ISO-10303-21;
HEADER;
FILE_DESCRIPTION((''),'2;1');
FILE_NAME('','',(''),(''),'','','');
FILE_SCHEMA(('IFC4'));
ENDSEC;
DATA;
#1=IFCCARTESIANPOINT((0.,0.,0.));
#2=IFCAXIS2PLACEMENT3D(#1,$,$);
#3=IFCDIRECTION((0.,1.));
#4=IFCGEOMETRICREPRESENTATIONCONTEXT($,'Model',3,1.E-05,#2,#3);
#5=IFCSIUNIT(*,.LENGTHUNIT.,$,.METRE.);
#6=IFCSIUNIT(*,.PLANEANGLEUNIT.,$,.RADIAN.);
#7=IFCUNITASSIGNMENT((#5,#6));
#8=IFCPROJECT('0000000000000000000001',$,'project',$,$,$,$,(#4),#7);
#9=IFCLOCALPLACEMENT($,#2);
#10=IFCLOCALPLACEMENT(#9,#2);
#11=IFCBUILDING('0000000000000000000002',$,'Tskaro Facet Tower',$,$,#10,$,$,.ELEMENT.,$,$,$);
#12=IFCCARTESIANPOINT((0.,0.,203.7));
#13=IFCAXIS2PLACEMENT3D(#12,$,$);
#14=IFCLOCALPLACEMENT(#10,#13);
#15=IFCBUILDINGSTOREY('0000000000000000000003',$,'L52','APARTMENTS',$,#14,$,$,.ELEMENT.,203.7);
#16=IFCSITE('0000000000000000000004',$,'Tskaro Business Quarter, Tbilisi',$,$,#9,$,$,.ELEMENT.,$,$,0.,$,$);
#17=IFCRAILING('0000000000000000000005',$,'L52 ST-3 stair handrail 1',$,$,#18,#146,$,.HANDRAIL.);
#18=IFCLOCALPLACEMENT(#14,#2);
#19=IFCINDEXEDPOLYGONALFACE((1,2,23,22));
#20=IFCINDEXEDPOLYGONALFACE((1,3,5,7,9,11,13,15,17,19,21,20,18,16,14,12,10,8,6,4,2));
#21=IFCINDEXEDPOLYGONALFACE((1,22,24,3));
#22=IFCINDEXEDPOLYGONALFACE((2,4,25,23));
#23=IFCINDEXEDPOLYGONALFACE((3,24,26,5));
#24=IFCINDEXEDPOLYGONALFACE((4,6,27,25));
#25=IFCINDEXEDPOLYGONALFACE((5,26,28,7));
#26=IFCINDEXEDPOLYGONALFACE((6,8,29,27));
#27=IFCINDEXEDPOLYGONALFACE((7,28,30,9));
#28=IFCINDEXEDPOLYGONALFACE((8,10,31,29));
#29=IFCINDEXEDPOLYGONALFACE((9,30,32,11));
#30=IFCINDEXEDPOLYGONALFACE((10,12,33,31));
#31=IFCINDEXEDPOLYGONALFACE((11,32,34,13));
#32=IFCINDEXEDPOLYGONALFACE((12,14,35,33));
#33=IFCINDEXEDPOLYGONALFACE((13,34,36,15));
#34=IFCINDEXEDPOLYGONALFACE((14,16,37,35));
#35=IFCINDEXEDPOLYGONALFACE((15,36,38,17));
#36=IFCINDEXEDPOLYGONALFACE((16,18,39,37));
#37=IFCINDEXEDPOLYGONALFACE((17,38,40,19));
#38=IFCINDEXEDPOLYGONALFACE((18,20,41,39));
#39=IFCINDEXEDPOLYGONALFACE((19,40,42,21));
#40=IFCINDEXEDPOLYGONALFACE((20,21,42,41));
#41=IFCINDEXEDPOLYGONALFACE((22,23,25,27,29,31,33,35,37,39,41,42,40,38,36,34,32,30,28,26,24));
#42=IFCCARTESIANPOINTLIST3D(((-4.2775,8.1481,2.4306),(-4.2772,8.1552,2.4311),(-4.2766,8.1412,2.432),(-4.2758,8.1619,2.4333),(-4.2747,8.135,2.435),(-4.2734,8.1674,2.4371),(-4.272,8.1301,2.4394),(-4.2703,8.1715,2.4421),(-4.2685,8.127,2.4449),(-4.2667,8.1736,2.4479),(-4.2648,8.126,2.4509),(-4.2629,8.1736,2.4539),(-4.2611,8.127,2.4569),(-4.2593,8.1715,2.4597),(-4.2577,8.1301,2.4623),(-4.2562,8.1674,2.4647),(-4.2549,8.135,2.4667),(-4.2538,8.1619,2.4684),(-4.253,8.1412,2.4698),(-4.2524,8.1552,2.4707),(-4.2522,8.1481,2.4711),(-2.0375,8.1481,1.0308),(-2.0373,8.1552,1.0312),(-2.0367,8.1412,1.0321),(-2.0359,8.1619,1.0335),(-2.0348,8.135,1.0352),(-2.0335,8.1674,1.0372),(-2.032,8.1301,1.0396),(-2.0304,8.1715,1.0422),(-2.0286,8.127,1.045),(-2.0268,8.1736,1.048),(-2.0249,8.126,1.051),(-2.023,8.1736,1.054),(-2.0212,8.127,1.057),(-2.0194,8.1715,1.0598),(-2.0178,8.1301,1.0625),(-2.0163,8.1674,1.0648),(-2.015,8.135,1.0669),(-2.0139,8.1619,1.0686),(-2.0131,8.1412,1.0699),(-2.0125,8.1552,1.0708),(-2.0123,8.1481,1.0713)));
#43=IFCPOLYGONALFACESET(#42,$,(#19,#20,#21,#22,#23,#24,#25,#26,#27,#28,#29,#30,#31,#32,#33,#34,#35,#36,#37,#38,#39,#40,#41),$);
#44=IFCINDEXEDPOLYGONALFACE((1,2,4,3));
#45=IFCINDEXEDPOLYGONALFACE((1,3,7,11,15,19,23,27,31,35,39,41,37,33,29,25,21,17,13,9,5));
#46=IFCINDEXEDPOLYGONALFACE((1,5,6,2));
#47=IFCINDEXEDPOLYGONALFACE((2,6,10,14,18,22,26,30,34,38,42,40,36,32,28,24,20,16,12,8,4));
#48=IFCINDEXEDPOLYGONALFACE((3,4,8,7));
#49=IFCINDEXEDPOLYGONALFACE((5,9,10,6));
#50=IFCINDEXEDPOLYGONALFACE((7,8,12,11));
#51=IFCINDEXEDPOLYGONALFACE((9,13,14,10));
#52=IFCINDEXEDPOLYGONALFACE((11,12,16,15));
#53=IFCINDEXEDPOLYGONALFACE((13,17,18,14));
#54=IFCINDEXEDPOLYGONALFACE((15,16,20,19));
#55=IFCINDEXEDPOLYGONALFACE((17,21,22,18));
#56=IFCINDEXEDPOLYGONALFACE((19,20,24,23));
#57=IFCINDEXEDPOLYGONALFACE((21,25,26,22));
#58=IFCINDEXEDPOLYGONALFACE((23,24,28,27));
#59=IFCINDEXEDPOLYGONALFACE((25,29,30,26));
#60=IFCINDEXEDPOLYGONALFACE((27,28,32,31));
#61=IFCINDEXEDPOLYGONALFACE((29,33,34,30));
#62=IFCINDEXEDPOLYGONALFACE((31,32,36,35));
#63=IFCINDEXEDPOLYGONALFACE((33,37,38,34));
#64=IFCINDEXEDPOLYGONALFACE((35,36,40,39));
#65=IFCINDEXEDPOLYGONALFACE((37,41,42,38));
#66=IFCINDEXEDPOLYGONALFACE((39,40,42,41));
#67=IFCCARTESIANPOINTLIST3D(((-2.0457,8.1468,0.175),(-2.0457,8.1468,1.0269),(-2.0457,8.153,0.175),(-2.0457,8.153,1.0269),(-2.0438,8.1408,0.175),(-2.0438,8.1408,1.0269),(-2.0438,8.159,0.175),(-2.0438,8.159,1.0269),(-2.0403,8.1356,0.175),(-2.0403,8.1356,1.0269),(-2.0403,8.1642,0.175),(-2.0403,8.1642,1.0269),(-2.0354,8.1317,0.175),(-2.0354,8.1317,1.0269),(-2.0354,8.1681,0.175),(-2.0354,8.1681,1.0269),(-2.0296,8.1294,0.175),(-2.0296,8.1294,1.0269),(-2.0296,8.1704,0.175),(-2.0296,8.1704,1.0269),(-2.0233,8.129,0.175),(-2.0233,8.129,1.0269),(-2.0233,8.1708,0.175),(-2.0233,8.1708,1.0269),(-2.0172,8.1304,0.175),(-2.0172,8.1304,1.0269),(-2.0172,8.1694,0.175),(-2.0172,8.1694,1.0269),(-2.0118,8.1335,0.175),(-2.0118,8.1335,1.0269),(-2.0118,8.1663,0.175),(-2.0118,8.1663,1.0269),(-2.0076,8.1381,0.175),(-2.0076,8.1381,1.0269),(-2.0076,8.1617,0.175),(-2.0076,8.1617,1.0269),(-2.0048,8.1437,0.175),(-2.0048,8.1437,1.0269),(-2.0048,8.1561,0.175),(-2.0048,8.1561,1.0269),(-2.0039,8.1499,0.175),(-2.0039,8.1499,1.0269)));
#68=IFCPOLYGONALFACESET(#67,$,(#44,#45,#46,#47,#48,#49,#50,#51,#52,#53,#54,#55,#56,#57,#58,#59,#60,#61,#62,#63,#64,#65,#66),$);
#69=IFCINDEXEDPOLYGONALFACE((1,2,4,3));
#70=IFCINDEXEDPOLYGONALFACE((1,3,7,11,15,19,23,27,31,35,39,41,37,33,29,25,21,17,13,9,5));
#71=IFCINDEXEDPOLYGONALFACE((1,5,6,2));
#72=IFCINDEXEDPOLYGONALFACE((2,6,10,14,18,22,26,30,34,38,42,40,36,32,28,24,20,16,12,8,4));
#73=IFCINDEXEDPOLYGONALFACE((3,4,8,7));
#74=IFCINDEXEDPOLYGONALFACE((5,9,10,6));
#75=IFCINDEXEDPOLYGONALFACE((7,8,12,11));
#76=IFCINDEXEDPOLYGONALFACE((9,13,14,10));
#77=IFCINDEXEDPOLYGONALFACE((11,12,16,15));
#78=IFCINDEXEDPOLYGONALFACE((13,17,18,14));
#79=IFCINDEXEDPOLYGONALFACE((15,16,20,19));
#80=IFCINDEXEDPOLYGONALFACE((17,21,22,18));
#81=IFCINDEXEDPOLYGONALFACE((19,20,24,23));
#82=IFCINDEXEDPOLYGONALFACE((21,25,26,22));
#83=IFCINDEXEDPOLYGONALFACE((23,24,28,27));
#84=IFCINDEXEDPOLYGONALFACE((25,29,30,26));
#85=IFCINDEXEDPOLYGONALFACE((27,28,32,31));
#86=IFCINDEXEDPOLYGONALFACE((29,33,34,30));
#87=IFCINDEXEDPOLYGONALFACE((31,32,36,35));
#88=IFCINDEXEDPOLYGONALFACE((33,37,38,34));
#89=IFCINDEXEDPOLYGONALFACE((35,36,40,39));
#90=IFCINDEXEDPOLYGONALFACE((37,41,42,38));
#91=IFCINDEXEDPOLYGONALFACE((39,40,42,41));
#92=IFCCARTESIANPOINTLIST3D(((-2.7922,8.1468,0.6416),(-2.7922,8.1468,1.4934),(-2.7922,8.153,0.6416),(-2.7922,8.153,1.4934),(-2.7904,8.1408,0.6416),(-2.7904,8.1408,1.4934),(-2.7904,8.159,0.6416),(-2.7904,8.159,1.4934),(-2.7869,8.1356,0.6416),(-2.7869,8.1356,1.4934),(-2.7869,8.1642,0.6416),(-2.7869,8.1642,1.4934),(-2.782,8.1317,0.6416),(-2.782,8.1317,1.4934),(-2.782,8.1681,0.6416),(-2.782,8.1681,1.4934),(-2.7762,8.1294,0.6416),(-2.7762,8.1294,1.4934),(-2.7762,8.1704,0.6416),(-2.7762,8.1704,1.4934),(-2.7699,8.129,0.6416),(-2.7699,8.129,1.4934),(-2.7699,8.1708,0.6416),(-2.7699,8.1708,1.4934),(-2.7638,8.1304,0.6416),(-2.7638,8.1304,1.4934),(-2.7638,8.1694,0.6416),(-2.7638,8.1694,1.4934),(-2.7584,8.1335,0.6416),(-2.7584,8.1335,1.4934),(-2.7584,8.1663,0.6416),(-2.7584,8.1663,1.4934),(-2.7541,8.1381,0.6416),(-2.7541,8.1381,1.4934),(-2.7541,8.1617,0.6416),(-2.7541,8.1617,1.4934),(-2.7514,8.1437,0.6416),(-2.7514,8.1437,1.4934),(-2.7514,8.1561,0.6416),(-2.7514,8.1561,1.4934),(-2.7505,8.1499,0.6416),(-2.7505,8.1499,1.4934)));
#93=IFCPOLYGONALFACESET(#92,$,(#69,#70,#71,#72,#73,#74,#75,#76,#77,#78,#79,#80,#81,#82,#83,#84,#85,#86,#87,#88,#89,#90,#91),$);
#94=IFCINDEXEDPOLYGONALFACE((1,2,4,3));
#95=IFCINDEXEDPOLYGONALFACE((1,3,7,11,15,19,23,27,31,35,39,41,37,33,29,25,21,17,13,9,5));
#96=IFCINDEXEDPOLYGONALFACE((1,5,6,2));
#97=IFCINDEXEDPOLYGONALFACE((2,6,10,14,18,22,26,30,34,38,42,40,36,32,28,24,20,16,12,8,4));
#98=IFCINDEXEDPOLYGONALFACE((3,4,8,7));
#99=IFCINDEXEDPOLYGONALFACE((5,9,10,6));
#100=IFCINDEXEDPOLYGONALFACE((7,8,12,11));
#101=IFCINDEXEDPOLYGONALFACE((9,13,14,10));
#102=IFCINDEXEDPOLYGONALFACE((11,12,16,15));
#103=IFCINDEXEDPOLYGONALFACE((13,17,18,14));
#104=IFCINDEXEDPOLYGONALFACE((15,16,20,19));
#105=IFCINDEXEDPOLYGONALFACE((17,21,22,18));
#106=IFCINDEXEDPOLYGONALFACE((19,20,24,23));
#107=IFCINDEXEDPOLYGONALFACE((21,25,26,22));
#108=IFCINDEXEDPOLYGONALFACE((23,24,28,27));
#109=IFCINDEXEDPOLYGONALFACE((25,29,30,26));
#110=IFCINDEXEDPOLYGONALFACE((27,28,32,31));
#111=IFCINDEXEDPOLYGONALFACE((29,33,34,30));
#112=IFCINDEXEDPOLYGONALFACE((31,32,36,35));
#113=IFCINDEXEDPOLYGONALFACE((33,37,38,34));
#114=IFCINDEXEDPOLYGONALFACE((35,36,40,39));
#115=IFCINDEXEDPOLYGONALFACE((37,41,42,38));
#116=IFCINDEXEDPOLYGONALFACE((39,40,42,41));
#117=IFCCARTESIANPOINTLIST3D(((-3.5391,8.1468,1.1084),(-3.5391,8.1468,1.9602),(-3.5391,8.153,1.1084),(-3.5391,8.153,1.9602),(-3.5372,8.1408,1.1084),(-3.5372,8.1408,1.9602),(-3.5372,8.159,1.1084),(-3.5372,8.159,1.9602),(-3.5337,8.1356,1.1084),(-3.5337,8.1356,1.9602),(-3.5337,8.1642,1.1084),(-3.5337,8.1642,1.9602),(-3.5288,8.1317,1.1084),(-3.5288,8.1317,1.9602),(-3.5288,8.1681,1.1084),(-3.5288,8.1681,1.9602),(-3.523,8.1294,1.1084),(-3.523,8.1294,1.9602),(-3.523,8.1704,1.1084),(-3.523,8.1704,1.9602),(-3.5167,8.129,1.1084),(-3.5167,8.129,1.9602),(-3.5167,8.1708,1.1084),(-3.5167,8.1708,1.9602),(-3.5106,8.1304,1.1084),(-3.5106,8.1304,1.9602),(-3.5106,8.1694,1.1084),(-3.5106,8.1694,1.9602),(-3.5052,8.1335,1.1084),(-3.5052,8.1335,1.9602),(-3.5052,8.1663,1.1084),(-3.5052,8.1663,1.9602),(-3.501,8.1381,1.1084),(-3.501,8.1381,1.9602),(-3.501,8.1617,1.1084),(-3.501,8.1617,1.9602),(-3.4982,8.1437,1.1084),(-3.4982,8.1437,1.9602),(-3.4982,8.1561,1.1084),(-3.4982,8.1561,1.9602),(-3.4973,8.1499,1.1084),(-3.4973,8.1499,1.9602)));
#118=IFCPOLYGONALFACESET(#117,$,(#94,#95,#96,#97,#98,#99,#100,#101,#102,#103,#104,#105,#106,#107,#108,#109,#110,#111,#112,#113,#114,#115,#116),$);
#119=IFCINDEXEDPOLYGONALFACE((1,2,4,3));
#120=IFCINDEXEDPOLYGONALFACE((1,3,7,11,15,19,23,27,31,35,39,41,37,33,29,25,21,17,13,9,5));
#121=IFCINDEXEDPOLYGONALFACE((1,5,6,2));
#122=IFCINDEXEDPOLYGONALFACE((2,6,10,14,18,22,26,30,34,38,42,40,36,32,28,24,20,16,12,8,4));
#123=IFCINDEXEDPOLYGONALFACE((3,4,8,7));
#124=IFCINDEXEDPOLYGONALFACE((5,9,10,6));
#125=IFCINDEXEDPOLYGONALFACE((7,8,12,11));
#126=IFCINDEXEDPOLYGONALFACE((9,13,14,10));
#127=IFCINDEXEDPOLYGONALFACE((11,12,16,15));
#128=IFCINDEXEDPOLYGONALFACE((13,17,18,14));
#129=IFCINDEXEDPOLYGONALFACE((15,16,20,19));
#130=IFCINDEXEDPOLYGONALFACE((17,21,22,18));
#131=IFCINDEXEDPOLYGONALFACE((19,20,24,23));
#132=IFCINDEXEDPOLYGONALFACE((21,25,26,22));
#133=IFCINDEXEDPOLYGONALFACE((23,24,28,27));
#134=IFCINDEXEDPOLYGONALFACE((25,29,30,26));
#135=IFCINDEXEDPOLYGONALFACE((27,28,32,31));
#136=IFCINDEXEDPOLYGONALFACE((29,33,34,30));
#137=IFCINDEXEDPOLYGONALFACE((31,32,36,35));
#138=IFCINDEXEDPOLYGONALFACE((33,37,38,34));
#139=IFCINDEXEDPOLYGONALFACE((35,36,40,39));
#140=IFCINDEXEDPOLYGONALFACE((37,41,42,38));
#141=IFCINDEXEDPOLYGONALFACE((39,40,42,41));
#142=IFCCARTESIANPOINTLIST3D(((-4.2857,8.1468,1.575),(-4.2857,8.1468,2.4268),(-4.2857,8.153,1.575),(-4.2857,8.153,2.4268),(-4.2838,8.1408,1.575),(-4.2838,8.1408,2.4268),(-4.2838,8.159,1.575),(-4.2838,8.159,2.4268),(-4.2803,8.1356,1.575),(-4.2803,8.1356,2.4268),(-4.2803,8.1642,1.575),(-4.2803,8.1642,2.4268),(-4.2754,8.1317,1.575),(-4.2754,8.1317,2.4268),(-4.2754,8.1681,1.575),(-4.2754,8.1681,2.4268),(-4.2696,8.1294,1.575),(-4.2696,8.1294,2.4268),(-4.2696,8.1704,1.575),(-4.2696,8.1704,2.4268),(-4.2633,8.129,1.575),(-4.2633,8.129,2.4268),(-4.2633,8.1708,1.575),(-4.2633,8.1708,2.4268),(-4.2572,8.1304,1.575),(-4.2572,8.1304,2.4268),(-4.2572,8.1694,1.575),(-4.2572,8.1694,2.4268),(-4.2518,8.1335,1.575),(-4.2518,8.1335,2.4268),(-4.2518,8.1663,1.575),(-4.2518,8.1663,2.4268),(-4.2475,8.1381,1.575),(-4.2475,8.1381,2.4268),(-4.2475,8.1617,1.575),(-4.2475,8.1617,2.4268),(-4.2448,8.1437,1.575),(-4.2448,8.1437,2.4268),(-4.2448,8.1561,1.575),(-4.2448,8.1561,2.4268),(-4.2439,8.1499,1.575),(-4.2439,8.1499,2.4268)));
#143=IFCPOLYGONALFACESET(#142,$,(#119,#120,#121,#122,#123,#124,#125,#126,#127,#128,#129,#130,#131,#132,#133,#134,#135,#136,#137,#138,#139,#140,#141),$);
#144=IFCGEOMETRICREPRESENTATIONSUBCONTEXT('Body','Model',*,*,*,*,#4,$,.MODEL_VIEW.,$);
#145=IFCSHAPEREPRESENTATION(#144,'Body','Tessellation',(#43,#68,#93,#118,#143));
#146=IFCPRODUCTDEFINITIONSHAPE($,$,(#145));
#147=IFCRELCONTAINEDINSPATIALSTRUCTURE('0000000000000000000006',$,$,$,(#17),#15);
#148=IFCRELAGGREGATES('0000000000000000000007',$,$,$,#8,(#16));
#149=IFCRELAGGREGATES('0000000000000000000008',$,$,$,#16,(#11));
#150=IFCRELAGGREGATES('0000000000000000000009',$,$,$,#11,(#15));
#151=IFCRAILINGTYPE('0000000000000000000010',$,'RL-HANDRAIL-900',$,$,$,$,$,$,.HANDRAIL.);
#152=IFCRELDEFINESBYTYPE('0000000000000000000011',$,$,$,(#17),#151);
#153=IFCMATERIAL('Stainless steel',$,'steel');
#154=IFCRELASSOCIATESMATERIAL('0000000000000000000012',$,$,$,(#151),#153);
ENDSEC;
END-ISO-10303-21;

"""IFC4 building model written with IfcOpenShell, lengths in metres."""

from ifc_helpers import new_model, si_unit, direction, frame, origin, origin_2d, place, context, subcontext, project, spatial, circle, extrude, material, type_object, element, save


model = new_model("IFC4")

# Units and contexts
model_context = context("Model", 3, precision=1e-05, world=origin(), true_north=direction((0.0, 1.0)))
body_context = subcontext(model_context, "Body", "Model", "MODEL_VIEW")
ifc_project = project(units=[si_unit("LENGTHUNIT", "METRE"), si_unit("PLANEANGLEUNIT", "RADIAN")], contexts=[model_context])

# Site, building, storey
site_placement = place(None, origin())
site = spatial("IfcSite", under=ifc_project, at=site_placement, Name="Tskaro Business Quarter, Tbilisi", CompositionType="ELEMENT", RefElevation=0.0)
building_placement = place(site_placement, origin())
building = spatial("IfcBuilding", under=site, at=building_placement, Name="Tskaro Facet Tower", CompositionType="ELEMENT")
storey_placement = place(building_placement, frame((0.0, 0.0, 203.7)))
storey = spatial("IfcBuildingStorey", under=building, at=storey_placement, Name="L52", Description="APARTMENTS", CompositionType="ELEMENT", Elevation=203.7)

# Railing
ifc_material_1 = material(Name="Stainless steel", Category="steel")
railing_type_1 = type_object("IfcRailingType", Name="RL-HANDRAIL-900", PredefinedType="HANDRAIL", material=ifc_material_1)
railing_1_placement = place(storey_placement, frame((-2.0249, 8.1499, 0.175)))
element("IfcRailing", 1, at=railing_1_placement, inside=storey, type_object=railing_type_1, Name="L52 ST-3 stair handrail 1", PredefinedType="HANDRAIL", context=body_context, shape_type="SweptSolid", body=[
    extrude(circle(Radius=0.0239, at=origin_2d()), frame((0.0, 0.0, 0.876), z_axis=(-0.848014, 0.0, 0.529974), x_axis=(0.0, -1.0, 0.0)), (0.0, 0.0, 1.0), 2.6414),
    extrude(circle(Radius=0.021, at=origin_2d()), origin(), (0.0, 0.0, 1.0), 0.8518),
    extrude(circle(Radius=0.021, at=origin_2d()), frame((-0.7466, 0.0, 0.4666)), (0.0, 0.0, 1.0), 0.8518),
    extrude(circle(Radius=0.021, at=origin_2d()), frame((-1.4934, 0.0, 0.9333)), (0.0, 0.0, 1.0), 0.8518),
    extrude(circle(Radius=0.021, at=origin_2d()), frame((-2.24, 0.0, 1.3999)), (0.0, 0.0, 1.0), 0.8518),
])

save(model, "model.ifc")
